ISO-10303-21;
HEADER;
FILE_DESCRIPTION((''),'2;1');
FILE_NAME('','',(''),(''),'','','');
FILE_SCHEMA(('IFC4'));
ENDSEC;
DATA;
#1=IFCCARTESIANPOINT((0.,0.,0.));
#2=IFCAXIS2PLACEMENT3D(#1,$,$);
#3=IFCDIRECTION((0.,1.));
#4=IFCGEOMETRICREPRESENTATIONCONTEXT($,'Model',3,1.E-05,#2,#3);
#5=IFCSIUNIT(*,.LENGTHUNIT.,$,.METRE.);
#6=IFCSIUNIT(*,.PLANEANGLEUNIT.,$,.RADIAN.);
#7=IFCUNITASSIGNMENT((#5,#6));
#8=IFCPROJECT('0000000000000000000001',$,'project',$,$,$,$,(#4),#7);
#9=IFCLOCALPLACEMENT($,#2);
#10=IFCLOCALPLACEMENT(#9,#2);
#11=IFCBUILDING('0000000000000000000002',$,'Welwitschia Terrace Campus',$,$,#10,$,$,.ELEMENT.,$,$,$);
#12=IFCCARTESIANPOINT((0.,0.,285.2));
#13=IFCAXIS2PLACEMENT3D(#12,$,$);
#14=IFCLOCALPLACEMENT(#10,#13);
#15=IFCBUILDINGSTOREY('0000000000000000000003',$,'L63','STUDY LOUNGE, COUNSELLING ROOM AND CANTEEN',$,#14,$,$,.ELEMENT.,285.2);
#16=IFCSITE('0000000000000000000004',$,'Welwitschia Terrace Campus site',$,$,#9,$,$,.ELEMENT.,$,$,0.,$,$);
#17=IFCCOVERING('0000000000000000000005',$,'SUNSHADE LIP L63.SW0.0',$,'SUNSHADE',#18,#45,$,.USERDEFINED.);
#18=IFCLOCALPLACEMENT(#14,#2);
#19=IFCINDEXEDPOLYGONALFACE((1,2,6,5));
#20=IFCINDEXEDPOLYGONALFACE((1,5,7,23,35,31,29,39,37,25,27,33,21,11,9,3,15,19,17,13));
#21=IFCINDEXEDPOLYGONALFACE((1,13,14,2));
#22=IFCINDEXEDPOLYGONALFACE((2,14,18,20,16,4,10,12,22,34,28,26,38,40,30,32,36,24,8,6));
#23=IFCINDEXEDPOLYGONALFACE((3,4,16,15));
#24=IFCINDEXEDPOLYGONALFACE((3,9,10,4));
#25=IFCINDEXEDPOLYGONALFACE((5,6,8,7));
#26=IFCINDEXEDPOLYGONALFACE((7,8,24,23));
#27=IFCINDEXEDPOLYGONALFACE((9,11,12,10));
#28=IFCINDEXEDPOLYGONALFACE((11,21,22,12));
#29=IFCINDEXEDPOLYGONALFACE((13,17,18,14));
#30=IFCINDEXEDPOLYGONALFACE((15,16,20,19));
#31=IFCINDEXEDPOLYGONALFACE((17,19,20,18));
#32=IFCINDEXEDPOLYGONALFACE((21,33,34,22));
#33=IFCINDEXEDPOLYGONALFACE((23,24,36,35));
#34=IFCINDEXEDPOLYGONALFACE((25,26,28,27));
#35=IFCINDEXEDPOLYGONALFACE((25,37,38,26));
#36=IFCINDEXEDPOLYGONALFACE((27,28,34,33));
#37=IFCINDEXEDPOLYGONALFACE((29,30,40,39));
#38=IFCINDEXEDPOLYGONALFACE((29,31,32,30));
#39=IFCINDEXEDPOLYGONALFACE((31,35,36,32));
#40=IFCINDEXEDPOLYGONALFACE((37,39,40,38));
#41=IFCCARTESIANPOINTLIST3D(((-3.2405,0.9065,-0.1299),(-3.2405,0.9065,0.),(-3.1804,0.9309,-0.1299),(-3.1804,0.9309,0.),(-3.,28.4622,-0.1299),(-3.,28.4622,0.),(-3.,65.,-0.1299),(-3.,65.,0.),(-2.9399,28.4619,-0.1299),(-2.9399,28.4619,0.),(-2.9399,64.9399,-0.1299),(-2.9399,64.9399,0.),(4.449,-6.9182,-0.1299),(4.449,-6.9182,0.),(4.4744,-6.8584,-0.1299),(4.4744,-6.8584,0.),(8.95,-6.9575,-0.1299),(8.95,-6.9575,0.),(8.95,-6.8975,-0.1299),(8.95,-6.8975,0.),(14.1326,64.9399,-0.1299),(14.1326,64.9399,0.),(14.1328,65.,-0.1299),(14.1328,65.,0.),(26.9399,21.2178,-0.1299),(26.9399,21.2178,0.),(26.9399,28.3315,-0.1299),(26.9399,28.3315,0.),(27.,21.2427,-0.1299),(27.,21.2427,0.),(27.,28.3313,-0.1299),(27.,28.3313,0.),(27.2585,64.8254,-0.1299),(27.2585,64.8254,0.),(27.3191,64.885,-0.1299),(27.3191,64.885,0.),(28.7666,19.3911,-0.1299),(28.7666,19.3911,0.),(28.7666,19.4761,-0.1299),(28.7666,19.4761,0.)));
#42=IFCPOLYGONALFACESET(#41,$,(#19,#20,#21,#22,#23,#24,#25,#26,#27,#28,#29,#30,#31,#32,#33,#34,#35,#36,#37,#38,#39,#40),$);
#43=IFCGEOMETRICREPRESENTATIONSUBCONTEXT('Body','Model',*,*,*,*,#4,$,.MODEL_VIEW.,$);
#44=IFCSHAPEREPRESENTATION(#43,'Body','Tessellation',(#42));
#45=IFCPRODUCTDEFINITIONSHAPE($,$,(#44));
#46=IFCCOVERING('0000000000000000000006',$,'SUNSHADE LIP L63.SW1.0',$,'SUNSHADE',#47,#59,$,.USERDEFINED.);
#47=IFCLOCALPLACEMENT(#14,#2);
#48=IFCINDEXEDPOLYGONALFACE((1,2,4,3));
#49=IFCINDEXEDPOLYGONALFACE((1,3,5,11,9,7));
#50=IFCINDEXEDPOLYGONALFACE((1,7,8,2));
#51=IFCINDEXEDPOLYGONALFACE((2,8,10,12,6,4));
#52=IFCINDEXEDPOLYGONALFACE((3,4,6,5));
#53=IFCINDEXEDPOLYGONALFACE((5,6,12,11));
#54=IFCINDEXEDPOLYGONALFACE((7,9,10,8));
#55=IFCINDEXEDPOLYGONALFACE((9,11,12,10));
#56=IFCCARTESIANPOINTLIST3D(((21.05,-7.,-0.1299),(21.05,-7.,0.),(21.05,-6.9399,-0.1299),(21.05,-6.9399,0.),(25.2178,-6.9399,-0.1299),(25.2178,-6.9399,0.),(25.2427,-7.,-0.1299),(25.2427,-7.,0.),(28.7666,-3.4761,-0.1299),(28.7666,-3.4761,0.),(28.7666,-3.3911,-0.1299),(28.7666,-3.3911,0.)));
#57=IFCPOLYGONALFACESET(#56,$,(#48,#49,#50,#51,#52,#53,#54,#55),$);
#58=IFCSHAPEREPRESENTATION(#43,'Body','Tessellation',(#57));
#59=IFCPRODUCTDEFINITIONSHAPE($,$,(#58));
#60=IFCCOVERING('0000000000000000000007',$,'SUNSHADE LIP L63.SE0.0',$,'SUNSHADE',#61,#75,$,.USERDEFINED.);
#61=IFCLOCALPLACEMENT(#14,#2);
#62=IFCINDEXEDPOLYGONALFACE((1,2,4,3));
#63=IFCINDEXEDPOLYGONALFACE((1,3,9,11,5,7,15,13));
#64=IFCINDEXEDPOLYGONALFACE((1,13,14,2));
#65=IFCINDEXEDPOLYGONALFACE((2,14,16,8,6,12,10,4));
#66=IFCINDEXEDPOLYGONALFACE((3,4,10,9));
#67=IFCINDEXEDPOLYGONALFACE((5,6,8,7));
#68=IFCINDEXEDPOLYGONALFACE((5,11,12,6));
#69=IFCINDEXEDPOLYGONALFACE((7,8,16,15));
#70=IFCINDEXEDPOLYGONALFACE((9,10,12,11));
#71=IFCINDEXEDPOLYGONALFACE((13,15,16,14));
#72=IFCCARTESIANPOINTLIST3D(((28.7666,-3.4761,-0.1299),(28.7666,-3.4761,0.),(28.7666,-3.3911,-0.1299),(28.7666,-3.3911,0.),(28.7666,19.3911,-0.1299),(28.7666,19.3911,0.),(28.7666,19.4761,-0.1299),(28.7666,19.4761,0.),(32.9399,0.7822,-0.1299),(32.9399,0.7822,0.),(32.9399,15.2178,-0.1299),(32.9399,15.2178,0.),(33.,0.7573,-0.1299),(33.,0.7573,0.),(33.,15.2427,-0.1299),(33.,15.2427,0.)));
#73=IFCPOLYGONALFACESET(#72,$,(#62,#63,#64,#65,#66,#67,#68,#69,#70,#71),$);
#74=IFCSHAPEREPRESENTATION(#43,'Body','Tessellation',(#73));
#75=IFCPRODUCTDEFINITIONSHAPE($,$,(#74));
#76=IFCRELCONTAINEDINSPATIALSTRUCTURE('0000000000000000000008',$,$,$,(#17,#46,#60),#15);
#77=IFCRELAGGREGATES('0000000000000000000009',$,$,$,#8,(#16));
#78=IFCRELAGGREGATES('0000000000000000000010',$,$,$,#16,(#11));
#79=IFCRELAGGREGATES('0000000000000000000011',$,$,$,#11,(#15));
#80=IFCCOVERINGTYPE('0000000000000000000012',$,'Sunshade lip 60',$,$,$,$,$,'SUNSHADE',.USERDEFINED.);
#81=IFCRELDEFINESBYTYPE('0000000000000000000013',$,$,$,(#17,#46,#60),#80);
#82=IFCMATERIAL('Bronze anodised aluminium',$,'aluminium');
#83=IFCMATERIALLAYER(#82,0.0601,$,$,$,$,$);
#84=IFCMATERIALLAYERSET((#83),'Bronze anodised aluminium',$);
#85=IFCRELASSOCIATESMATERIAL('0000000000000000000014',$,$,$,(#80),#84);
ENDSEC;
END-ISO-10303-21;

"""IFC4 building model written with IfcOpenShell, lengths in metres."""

from ifc_helpers import new_model, si_unit, direction, frame, origin, place, context, subcontext, project, spatial, polyline, outline, extrude, material, layer, layer_set, type_object, element, save


model = new_model("IFC4")

# Units and contexts
model_context = context("Model", 3, precision=1e-05, world=origin(), true_north=direction((0.0, 1.0)))
body_context = subcontext(model_context, "Body", "Model", "MODEL_VIEW")
ifc_project = project(units=[si_unit("LENGTHUNIT", "METRE"), si_unit("PLANEANGLEUNIT", "RADIAN")], contexts=[model_context])

# Site, building, storey
site_placement = place(None, origin())
site = spatial("IfcSite", under=ifc_project, at=site_placement, Name="Welwitschia Terrace Campus site", CompositionType="ELEMENT", RefElevation=0.0)
building_placement = place(site_placement, origin())
building = spatial("IfcBuilding", under=site, at=building_placement, Name="Welwitschia Terrace Campus", CompositionType="ELEMENT")
storey_placement = place(building_placement, frame((0.0, 0.0, 285.2)))
storey = spatial("IfcBuildingStorey", under=building, at=storey_placement, Name="L63", Description="STUDY LOUNGE, COUNSELLING ROOM AND CANTEEN", CompositionType="ELEMENT", Elevation=285.2)

# Coverings
ifc_material_1 = material(Name="Bronze anodised aluminium", Category="aluminium")
ifc_layer_1 = layer(ifc_material_1, 0.0601)
ifc_layer_set_1 = layer_set([ifc_layer_1], Name="Bronze anodised aluminium")
covering_type_1 = type_object("IfcCoveringType", Name="Sunshade lip 60", ElementType="SUNSHADE", PredefinedType="USERDEFINED", material=ifc_layer_set_1)
covering_1_placement = place(storey_placement, frame((0.0, 0.0, -0.1299)))
element("IfcCovering", 1, at=covering_1_placement, inside=storey, type_object=covering_type_1, Name="SUNSHADE LIP L63.SW0.0", ObjectType="SUNSHADE", PredefinedType="USERDEFINED", context=body_context, shape_type="SweptSolid", body=[
    extrude(outline(polyline([(28.7666, 19.4761), (28.7666, 19.3911), (26.9399, 21.2178), (26.9399, 28.3315), (27.2585, 64.8254), (14.1326, 64.9399), (-2.9399, 64.9399), (-2.9399, 28.4619), (-3.1804, 0.9309), (4.4744, -6.8584), (8.95, -6.8975), (8.95, -6.9575), (4.449, -6.9182), (-3.2405, 0.9065), (-3.0, 28.4622), (-3.0, 65.0), (14.1328, 65.0), (27.3191, 64.885), (27.0, 28.3313), (27.0, 21.2427), (28.7666, 19.4761)])), origin(), (0.0, 0.0, 1.0), 0.1299),
])
covering_2_placement = place(storey_placement, frame((0.0, 0.0, -0.1299)))
element("IfcCovering", 2, at=covering_2_placement, inside=storey, type_object=covering_type_1, Name="SUNSHADE LIP L63.SW1.0", ObjectType="SUNSHADE", PredefinedType="USERDEFINED", context=body_context, shape_type="SweptSolid", body=[
    extrude(outline(polyline([(21.05, -7.0), (21.05, -6.9399), (25.2178, -6.9399), (28.7666, -3.3911), (28.7666, -3.4761), (25.2427, -7.0), (21.05, -7.0)])), origin(), (0.0, 0.0, 1.0), 0.1299),
])
covering_3_placement = place(storey_placement, frame((0.0, 0.0, -0.1299)))
element("IfcCovering", 3, at=covering_3_placement, inside=storey, type_object=covering_type_1, Name="SUNSHADE LIP L63.SE0.0", ObjectType="SUNSHADE", PredefinedType="USERDEFINED", context=body_context, shape_type="SweptSolid", body=[
    extrude(outline(polyline([(33.0, 0.7573), (28.7666, -3.4761), (28.7666, -3.3911), (32.9399, 0.7822), (32.9399, 15.2178), (28.7666, 19.3911), (28.7666, 19.4761), (33.0, 15.2427), (33.0, 0.7573)])), origin(), (0.0, 0.0, 1.0), 0.1299),
])

save(model, "model.ifc")
